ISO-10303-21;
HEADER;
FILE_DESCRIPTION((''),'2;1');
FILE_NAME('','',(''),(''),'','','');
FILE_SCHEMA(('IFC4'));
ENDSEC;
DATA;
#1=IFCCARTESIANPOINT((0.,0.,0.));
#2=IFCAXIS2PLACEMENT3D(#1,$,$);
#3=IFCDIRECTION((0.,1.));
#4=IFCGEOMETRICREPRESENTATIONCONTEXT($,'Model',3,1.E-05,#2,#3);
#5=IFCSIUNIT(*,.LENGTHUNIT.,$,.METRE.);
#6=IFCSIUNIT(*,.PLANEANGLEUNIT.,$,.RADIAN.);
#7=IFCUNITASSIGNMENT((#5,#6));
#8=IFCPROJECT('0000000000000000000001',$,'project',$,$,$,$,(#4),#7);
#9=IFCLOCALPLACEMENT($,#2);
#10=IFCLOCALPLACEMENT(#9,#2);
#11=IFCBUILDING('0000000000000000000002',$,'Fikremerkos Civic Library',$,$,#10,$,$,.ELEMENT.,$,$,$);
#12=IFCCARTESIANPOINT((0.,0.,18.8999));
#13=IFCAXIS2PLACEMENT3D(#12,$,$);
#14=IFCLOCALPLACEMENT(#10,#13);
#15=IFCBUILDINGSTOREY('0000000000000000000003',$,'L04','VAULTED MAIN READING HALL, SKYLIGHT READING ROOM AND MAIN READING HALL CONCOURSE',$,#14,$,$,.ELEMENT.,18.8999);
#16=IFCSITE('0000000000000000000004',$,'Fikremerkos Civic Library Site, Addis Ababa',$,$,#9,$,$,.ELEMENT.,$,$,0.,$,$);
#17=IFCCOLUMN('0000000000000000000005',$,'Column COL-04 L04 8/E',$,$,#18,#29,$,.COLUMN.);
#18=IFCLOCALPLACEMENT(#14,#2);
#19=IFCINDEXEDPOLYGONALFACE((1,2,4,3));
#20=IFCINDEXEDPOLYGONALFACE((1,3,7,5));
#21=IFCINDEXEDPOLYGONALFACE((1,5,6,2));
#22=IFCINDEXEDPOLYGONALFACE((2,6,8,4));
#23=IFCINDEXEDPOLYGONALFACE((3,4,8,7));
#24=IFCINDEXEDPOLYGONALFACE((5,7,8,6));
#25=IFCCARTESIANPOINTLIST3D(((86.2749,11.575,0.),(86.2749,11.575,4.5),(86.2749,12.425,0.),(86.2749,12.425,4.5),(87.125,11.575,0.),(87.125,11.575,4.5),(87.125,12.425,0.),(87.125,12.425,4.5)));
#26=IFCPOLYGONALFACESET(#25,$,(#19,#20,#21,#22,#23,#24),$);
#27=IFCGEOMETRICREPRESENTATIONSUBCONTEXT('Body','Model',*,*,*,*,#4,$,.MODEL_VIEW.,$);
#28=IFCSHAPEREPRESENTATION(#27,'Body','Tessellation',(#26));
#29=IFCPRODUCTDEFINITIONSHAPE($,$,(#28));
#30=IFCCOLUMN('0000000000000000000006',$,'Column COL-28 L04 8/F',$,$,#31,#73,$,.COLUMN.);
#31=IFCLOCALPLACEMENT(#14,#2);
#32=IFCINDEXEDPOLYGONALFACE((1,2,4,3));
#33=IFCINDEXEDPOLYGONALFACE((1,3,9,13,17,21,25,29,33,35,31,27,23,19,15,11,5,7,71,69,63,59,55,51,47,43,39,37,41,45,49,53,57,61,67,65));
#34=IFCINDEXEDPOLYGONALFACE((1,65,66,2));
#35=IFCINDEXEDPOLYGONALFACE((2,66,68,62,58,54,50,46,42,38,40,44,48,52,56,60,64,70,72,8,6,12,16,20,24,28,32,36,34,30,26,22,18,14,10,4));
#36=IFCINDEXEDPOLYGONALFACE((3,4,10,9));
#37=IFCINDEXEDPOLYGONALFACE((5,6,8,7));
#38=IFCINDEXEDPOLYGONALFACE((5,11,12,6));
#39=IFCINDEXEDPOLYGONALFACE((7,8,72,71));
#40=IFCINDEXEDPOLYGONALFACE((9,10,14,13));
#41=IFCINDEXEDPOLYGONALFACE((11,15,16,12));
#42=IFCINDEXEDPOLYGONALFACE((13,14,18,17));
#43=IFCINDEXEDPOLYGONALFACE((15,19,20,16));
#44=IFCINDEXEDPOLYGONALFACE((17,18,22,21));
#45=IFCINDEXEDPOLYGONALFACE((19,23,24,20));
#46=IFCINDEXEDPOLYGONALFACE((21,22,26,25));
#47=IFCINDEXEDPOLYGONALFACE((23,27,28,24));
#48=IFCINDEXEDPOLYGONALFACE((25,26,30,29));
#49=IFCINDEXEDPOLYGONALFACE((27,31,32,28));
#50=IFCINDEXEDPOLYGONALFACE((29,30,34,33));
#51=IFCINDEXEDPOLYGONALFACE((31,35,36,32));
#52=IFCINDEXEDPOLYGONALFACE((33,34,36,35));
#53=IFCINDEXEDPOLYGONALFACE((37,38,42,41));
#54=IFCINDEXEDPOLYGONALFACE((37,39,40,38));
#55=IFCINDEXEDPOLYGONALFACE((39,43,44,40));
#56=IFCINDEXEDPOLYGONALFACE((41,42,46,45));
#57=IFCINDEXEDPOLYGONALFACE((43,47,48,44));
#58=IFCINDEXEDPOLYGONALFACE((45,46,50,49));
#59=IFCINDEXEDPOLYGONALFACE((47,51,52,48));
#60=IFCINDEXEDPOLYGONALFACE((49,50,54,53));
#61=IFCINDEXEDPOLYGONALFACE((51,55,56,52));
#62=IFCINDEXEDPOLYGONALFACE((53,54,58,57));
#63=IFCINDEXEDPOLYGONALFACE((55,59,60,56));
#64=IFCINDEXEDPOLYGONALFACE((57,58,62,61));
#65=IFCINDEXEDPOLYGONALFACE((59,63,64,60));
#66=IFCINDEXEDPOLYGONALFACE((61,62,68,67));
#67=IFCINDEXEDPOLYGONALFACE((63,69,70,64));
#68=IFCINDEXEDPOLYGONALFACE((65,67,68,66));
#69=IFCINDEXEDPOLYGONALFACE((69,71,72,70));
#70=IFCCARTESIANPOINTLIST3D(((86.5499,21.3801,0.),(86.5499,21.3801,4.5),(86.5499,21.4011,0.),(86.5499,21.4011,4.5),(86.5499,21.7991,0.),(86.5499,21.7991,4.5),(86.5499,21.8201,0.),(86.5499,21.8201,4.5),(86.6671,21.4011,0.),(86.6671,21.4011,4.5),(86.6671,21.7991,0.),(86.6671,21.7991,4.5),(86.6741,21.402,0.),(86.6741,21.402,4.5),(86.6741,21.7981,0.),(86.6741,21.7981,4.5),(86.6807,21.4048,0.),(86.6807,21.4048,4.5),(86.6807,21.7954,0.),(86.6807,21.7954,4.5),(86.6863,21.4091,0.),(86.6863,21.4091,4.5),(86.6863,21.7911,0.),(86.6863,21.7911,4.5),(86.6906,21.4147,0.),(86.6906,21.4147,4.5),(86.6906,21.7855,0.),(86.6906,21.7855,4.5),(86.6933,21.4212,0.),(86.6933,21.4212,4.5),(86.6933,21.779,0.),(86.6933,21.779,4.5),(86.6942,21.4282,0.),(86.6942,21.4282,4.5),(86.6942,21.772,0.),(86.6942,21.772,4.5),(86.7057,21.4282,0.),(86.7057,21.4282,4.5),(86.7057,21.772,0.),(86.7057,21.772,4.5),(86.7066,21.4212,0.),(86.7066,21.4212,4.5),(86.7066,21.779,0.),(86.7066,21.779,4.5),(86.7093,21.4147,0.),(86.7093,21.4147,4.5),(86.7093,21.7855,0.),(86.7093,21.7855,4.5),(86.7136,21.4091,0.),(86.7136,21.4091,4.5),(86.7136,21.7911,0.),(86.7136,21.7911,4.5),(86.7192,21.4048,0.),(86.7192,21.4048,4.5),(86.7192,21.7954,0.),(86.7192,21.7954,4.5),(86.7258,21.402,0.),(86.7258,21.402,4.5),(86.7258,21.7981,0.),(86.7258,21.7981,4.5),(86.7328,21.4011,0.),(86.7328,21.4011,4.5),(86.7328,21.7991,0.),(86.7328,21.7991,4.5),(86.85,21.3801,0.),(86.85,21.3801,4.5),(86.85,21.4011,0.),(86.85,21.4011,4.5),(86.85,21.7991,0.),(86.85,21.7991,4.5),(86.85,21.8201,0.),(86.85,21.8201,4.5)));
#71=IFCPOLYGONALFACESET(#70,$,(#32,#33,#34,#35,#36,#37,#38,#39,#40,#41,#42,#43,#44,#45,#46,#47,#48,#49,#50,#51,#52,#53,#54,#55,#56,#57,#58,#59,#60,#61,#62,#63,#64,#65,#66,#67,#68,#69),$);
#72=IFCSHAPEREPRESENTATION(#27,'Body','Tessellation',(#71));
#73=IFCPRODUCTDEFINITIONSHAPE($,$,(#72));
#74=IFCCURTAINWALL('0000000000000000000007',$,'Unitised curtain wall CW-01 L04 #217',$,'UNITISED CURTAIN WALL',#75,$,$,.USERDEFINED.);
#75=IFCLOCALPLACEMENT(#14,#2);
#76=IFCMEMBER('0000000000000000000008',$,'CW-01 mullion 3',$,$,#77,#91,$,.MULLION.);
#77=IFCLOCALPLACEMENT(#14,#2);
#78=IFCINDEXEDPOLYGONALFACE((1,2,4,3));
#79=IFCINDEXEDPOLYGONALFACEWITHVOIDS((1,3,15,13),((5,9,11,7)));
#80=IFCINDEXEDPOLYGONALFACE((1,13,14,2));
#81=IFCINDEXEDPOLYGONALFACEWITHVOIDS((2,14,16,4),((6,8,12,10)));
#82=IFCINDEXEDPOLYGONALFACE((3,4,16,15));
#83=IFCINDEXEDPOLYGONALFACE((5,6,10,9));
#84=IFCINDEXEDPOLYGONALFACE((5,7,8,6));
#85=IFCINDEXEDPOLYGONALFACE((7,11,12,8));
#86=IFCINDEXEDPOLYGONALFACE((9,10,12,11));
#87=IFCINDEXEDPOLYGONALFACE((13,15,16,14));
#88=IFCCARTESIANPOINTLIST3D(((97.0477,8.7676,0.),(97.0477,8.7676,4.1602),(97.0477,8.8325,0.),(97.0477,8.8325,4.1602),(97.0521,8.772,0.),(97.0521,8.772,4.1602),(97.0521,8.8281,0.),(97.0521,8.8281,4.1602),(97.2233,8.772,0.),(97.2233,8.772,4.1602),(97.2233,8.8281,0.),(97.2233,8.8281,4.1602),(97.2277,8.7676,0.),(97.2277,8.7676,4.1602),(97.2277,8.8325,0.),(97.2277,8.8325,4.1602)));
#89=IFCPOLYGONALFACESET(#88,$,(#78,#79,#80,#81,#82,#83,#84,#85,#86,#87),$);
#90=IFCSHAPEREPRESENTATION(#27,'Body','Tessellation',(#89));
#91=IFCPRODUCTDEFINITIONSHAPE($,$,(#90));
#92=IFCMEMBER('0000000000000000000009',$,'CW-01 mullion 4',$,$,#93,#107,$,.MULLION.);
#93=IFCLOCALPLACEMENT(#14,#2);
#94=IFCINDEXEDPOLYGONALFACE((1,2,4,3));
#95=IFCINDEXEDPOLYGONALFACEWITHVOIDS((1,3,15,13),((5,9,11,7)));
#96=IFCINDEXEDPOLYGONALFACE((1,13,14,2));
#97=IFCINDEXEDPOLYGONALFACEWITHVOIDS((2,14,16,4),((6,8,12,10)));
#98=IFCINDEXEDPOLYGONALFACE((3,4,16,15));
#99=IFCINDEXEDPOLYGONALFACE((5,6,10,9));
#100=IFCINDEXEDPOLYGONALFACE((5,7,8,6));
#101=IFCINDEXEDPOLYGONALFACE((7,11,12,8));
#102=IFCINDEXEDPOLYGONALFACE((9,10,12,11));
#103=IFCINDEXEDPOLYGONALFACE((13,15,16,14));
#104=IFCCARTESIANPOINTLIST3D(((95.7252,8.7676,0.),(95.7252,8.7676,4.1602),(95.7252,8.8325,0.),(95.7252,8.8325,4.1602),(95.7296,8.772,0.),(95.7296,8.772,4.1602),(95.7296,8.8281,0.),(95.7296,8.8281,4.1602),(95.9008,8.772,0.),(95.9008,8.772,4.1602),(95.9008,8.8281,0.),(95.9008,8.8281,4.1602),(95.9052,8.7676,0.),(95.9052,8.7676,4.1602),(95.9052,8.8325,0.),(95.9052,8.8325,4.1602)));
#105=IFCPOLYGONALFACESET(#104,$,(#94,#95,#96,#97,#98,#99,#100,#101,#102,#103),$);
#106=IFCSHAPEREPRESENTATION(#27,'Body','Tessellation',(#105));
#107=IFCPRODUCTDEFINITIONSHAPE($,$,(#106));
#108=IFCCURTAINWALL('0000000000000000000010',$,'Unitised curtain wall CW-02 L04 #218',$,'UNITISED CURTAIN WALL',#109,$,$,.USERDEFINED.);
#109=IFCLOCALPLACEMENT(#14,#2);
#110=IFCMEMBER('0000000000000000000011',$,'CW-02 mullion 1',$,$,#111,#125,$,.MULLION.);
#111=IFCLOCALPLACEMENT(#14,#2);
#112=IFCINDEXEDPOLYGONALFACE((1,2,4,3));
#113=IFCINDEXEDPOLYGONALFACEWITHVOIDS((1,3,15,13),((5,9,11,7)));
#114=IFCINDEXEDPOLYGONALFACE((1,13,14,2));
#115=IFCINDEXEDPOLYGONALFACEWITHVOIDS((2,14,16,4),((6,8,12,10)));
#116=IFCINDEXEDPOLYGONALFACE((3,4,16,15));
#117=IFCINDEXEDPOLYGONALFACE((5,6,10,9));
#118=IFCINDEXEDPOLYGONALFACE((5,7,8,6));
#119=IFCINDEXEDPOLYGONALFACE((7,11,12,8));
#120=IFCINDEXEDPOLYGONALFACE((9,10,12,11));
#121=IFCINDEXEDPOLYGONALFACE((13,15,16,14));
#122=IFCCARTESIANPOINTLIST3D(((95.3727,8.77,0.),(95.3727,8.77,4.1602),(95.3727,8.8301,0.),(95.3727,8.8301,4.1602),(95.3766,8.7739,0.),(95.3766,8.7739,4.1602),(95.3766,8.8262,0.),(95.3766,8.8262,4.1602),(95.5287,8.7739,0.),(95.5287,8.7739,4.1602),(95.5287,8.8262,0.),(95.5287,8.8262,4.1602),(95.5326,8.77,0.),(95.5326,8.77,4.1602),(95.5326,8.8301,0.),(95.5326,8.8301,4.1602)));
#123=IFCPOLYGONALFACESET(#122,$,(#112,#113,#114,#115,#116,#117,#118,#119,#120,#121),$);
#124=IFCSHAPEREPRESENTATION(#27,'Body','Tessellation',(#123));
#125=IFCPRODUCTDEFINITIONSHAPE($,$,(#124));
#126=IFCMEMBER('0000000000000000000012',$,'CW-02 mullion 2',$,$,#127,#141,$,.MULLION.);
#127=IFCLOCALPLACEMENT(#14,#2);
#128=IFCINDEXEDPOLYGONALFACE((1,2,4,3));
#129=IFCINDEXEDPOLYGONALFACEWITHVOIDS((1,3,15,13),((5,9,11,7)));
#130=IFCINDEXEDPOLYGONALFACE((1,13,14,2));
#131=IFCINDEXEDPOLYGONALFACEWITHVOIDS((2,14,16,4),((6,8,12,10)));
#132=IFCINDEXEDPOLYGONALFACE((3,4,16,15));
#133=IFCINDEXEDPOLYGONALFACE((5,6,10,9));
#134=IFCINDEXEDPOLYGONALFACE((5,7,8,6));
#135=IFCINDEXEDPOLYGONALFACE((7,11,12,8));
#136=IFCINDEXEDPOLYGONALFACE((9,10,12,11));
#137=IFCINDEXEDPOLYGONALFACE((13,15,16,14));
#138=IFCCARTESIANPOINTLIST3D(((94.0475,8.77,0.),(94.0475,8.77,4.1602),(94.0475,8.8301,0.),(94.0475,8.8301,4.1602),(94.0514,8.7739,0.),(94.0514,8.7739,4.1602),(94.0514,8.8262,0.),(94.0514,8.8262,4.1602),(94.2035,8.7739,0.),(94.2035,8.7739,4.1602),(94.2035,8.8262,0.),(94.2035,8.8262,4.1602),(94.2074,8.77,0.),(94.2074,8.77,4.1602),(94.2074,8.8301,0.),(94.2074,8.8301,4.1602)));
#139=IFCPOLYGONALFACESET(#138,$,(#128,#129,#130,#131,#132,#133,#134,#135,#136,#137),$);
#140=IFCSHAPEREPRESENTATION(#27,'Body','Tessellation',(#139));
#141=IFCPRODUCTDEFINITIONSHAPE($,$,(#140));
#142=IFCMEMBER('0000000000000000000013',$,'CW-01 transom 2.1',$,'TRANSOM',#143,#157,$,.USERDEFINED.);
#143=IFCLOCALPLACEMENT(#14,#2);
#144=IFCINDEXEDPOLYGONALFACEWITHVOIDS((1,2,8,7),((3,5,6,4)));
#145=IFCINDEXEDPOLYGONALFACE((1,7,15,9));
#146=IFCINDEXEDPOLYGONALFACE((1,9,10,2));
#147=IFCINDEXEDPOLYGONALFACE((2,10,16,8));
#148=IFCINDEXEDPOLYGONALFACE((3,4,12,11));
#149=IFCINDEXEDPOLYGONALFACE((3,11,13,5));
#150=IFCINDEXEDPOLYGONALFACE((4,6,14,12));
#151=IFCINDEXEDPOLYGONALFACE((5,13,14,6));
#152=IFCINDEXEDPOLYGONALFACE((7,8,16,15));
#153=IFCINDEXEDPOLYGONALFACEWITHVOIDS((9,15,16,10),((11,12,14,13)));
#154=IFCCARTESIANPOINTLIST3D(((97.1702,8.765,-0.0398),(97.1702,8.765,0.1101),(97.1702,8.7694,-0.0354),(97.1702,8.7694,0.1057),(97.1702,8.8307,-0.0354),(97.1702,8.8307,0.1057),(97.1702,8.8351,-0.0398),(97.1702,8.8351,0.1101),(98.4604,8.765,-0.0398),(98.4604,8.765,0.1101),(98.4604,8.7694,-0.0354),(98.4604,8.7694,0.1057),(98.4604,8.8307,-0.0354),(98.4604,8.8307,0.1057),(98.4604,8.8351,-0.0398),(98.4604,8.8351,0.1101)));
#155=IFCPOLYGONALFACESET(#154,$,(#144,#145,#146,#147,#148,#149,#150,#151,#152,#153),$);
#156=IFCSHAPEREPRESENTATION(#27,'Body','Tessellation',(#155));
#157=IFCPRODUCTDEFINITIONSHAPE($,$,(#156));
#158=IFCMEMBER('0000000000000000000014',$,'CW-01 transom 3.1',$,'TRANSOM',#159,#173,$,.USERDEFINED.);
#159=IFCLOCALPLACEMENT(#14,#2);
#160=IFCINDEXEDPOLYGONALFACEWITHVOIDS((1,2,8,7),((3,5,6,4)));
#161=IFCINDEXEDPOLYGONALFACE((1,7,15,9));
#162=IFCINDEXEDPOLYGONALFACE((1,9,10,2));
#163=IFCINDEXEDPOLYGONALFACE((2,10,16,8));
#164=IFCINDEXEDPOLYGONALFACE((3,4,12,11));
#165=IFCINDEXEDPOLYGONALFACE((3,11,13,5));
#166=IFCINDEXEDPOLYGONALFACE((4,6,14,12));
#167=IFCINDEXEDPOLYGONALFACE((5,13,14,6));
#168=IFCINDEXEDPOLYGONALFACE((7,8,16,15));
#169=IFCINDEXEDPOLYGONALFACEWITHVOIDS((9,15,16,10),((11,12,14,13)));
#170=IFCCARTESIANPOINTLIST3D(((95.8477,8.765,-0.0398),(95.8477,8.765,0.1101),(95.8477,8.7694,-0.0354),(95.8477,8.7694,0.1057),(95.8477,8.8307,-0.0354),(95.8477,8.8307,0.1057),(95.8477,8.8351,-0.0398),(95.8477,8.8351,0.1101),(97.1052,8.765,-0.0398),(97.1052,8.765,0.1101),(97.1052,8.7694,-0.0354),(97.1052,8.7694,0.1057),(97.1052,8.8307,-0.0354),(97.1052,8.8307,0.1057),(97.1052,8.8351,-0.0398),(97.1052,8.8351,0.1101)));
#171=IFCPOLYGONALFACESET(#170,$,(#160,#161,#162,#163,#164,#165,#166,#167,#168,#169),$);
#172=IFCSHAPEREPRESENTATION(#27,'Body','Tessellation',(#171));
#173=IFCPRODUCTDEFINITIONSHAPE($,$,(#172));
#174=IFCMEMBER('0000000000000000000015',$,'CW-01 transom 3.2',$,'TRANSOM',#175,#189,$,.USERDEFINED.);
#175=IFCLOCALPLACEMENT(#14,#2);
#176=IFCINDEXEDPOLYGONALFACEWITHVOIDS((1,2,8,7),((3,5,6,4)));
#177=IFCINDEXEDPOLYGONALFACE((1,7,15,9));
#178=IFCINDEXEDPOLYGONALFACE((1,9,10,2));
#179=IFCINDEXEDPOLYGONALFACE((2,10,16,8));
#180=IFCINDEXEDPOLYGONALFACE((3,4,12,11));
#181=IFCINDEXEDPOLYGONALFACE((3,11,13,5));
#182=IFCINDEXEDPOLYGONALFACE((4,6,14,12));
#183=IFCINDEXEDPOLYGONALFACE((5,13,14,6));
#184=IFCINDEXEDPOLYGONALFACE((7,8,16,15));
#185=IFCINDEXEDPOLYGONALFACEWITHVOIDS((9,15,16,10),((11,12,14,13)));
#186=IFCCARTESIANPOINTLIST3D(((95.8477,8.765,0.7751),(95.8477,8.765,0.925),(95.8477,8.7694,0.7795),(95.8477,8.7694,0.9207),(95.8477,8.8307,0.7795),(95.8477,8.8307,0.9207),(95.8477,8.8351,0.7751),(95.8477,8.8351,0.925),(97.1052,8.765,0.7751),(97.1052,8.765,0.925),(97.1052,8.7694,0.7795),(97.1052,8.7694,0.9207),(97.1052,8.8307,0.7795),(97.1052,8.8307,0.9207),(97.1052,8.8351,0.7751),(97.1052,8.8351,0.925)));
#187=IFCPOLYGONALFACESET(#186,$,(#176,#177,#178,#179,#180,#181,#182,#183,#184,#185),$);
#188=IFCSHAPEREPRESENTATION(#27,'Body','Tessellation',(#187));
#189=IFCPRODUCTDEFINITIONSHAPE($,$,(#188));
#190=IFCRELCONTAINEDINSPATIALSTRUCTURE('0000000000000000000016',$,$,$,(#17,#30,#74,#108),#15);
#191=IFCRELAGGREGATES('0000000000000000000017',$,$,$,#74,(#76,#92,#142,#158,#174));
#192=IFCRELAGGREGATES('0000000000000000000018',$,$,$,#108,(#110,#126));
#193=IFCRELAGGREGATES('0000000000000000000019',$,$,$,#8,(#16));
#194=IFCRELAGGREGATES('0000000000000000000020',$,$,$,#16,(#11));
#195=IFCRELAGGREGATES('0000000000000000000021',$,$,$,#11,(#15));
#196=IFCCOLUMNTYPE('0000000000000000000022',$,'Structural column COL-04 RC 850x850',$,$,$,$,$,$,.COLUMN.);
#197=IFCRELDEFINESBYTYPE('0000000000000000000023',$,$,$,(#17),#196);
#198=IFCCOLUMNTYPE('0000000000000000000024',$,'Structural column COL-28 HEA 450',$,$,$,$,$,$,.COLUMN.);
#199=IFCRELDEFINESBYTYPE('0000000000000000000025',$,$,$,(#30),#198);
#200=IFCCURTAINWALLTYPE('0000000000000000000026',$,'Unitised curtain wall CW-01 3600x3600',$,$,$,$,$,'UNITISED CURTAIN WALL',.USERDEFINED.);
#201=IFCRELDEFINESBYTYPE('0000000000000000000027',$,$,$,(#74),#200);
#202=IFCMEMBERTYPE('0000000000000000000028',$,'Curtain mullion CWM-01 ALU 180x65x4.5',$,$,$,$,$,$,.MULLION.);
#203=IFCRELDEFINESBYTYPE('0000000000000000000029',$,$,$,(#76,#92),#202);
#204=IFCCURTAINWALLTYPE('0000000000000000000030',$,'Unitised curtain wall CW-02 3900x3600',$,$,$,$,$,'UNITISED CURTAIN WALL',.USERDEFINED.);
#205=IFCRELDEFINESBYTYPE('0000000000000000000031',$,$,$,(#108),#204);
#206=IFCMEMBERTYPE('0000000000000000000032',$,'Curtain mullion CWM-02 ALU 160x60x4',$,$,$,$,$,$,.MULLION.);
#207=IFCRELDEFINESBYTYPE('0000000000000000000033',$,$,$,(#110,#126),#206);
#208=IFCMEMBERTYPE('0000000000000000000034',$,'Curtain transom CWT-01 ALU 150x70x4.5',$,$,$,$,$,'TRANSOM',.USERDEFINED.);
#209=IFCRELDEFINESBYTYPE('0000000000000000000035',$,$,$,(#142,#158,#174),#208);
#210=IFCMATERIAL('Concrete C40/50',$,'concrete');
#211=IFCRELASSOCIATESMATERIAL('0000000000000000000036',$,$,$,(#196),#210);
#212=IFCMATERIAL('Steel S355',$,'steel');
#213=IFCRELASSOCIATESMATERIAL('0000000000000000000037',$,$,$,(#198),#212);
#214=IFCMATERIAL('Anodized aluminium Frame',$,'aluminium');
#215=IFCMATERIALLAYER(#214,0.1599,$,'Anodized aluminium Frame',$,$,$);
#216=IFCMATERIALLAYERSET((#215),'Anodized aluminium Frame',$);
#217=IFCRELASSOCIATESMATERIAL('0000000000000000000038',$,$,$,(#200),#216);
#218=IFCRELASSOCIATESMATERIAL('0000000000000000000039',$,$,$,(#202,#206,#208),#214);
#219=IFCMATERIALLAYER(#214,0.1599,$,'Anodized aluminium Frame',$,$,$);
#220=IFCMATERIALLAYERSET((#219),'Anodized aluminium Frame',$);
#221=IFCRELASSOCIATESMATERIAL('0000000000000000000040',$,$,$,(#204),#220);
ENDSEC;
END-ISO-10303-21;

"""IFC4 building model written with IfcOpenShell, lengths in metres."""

from ifc_helpers import new_model, si_unit, direction, frame, origin, origin_2d, place, context, subcontext, project, spatial, rectangle, hollow_rectangle, i_section, extrude, material, layer, layer_set, material_profile, profile_set, type_object, element, aggregate, save


model = new_model("IFC4")

# Units and contexts
model_context = context("Model", 3, precision=1e-05, world=origin(), true_north=direction((0.0, 1.0)))
body_context = subcontext(model_context, "Body", "Model", "MODEL_VIEW")
ifc_project = project(units=[si_unit("LENGTHUNIT", "METRE"), si_unit("PLANEANGLEUNIT", "RADIAN")], contexts=[model_context])

# Site, building, storey
site_placement = place(None, origin())
site = spatial("IfcSite", under=ifc_project, at=site_placement, Name="Fikremerkos Civic Library Site, Addis Ababa", CompositionType="ELEMENT", RefElevation=0.0)
building_placement = place(site_placement, origin())
building = spatial("IfcBuilding", under=site, at=building_placement, Name="Fikremerkos Civic Library", CompositionType="ELEMENT")
storey_placement = place(building_placement, frame((0.0, 0.0, 18.8999)))
storey = spatial("IfcBuildingStorey", under=building, at=storey_placement, Name="L04", Description="VAULTED MAIN READING HALL, SKYLIGHT READING ROOM AND MAIN READING HALL CONCOURSE", CompositionType="ELEMENT", Elevation=18.8999)

# Columns
ifc_material_1 = material(Name="Concrete C40/50", Category="concrete")
ifc_material_profile_1 = material_profile(ifc_material_1, rectangle(XDim=0.8501, YDim=0.8501, at=origin_2d()), Name="RC 850x850")
ifc_profile_set_1 = profile_set([ifc_material_profile_1], Name="Concrete C40/50")
column_type_1 = type_object("IfcColumnType", Name="Structural column COL-04 RC 850x850", PredefinedType="COLUMN", material=ifc_profile_set_1)
column_1_placement = place(storey_placement, frame((86.7, 12.0, 0.0), z_axis=(0.0, 0.0, 1.0), x_axis=(1.0, 0.0, 0.0)))
element("IfcColumn", 1, at=column_1_placement, inside=storey, type_object=column_type_1, Name="Column COL-04 L04 8/E", PredefinedType="COLUMN", context=body_context, shape_type="SweptSolid", body=[
    extrude(rectangle(XDim=0.8501, YDim=0.8501, at=origin_2d()), origin(), (0.0, 0.0, 1.0), 4.5),
])
ifc_material_2 = material(Name="Steel S355", Category="steel")
ifc_material_profile_2 = material_profile(ifc_material_2, i_section(OverallWidth=0.3, OverallDepth=0.4399, WebThickness=0.0115, FlangeThickness=0.021, FilletRadius=0.0271, at=origin_2d()), Name="HEA 450")
ifc_profile_set_2 = profile_set([ifc_material_profile_2], Name="Steel S355")
column_type_2 = type_object("IfcColumnType", Name="Structural column COL-28 HEA 450", PredefinedType="COLUMN", material=ifc_profile_set_2)
column_2_placement = place(storey_placement, frame((86.7, 21.6001, 0.0), z_axis=(0.0, 0.0, 1.0), x_axis=(1.0, 0.0, 0.0)))
element("IfcColumn", 2, at=column_2_placement, inside=storey, type_object=column_type_2, Name="Column COL-28 L04 8/F", PredefinedType="COLUMN", context=body_context, shape_type="SweptSolid", body=[
    extrude(i_section(OverallWidth=0.3, OverallDepth=0.4399, WebThickness=0.0115, FlangeThickness=0.021, FilletRadius=0.0271, at=origin_2d()), origin(), (0.0, 0.0, 1.0), 4.5),
])

# Curtain walls, members
ifc_material_3 = material(Name="Anodized aluminium Frame", Category="aluminium")
ifc_layer_1 = layer(ifc_material_3, 0.1599, Name="Anodized aluminium Frame")
ifc_layer_set_1 = layer_set([ifc_layer_1], Name="Anodized aluminium Frame")
curtain_wall_type_1 = type_object("IfcCurtainWallType", Name="Unitised curtain wall CW-01 3600x3600", ElementType="UNITISED CURTAIN WALL", PredefinedType="USERDEFINED", material=ifc_layer_set_1)
curtain_wall_1_placement = place(storey_placement, origin())
curtain_wall_1 = element("IfcCurtainWall", 3, at=curtain_wall_1_placement, inside=storey, type_object=curtain_wall_type_1, Name="Unitised curtain wall CW-01 L04 #217", ObjectType="UNITISED CURTAIN WALL", PredefinedType="USERDEFINED")
ifc_material_profile_3 = material_profile(ifc_material_3, hollow_rectangle(XDim=0.0649, YDim=0.1799, WallThickness=0.0044, at=origin_2d()), Name="ALU 180x65x4.5")
ifc_profile_set_3 = profile_set([ifc_material_profile_3], Name="Anodized aluminium Frame")
member_type_1 = type_object("IfcMemberType", Name="Curtain mullion CWM-01 ALU 180x65x4.5", PredefinedType="MULLION", material=ifc_profile_set_3)
member_1_placement = place(storey_placement, frame((97.1377, 8.8, 0.0), z_axis=(0.0, 0.0, 1.0), x_axis=(0.0, -1.0, 0.0)))
member_1 = element("IfcMember", 4, at=member_1_placement, type_object=member_type_1, Name="CW-01 mullion 3", PredefinedType="MULLION", context=body_context, shape_type="SweptSolid", body=[
    extrude(hollow_rectangle(XDim=0.0649, YDim=0.1799, WallThickness=0.0044, at=origin_2d()), origin(), (0.0, 0.0, 1.0), 4.1602),
])
member_2_placement = place(storey_placement, frame((95.8152, 8.8, 0.0), z_axis=(0.0, 0.0, 1.0), x_axis=(0.0, -1.0, 0.0)))
member_2 = element("IfcMember", 5, at=member_2_placement, type_object=member_type_1, Name="CW-01 mullion 4", PredefinedType="MULLION", context=body_context, shape_type="SweptSolid", body=[
    extrude(hollow_rectangle(XDim=0.0649, YDim=0.1799, WallThickness=0.0044, at=origin_2d()), origin(), (0.0, 0.0, 1.0), 4.1602),
])
ifc_layer_2 = layer(ifc_material_3, 0.1599, Name="Anodized aluminium Frame")
ifc_layer_set_2 = layer_set([ifc_layer_2], Name="Anodized aluminium Frame")
curtain_wall_type_2 = type_object("IfcCurtainWallType", Name="Unitised curtain wall CW-02 3900x3600", ElementType="UNITISED CURTAIN WALL", PredefinedType="USERDEFINED", material=ifc_layer_set_2)
curtain_wall_2_placement = place(storey_placement, origin())
curtain_wall_2 = element("IfcCurtainWall", 6, at=curtain_wall_2_placement, inside=storey, type_object=curtain_wall_type_2, Name="Unitised curtain wall CW-02 L04 #218", ObjectType="UNITISED CURTAIN WALL", PredefinedType="USERDEFINED")
ifc_material_profile_4 = material_profile(ifc_material_3, hollow_rectangle(XDim=0.0601, YDim=0.1599, WallThickness=0.0039, at=origin_2d()), Name="ALU 160x60x4")
ifc_profile_set_4 = profile_set([ifc_material_profile_4], Name="Anodized aluminium Frame")
member_type_2 = type_object("IfcMemberType", Name="Curtain mullion CWM-02 ALU 160x60x4", PredefinedType="MULLION", material=ifc_profile_set_4)
member_3_placement = place(storey_placement, frame((95.4526, 8.8, 0.0), z_axis=(0.0, 0.0, 1.0), x_axis=(0.0, -1.0, 0.0)))
member_3 = element("IfcMember", 7, at=member_3_placement, type_object=member_type_2, Name="CW-02 mullion 1", PredefinedType="MULLION", context=body_context, shape_type="SweptSolid", body=[
    extrude(hollow_rectangle(XDim=0.0601, YDim=0.1599, WallThickness=0.0039, at=origin_2d()), origin(), (0.0, 0.0, 1.0), 4.1602),
])
member_4_placement = place(storey_placement, frame((94.1274, 8.8, 0.0), z_axis=(0.0, 0.0, 1.0), x_axis=(0.0, -1.0, 0.0)))
member_4 = element("IfcMember", 8, at=member_4_placement, type_object=member_type_2, Name="CW-02 mullion 2", PredefinedType="MULLION", context=body_context, shape_type="SweptSolid", body=[
    extrude(hollow_rectangle(XDim=0.0601, YDim=0.1599, WallThickness=0.0039, at=origin_2d()), origin(), (0.0, 0.0, 1.0), 4.1602),
])

# Members
ifc_material_profile_5 = material_profile(ifc_material_3, hollow_rectangle(XDim=0.0701, YDim=0.1499, WallThickness=0.0044, at=origin_2d()), Name="ALU 150x70x4.5")
ifc_profile_set_5 = profile_set([ifc_material_profile_5], Name="Anodized aluminium Frame")
member_type_3 = type_object("IfcMemberType", Name="Curtain transom CWT-01 ALU 150x70x4.5", ElementType="TRANSOM", PredefinedType="USERDEFINED", material=ifc_profile_set_5)
member_5_placement = place(storey_placement, frame((98.4604, 8.8, 0.0352), z_axis=(-1.0, 0.0, 0.0), x_axis=(0.0, -1.0, 0.0)))
member_5 = element("IfcMember", 9, at=member_5_placement, type_object=member_type_3, Name="CW-01 transom 2.1", ObjectType="TRANSOM", PredefinedType="USERDEFINED", context=body_context, shape_type="SweptSolid", body=[
    extrude(hollow_rectangle(XDim=0.0701, YDim=0.1499, WallThickness=0.0044, at=origin_2d()), origin(), (0.0, 0.0, 1.0), 1.2903),
])
member_6_placement = place(storey_placement, frame((97.1052, 8.8, 0.0352), z_axis=(-1.0, 0.0, 0.0), x_axis=(0.0, -1.0, 0.0)))
member_6 = element("IfcMember", 10, at=member_6_placement, type_object=member_type_3, Name="CW-01 transom 3.1", ObjectType="TRANSOM", PredefinedType="USERDEFINED", context=body_context, shape_type="SweptSolid", body=[
    extrude(hollow_rectangle(XDim=0.0701, YDim=0.1499, WallThickness=0.0044, at=origin_2d()), origin(), (0.0, 0.0, 1.0), 1.2576),
])
member_7_placement = place(storey_placement, frame((97.1052, 8.8, 0.8501), z_axis=(-1.0, 0.0, 0.0), x_axis=(0.0, -1.0, 0.0)))
member_7 = element("IfcMember", 11, at=member_7_placement, type_object=member_type_3, Name="CW-01 transom 3.2", ObjectType="TRANSOM", PredefinedType="USERDEFINED", context=body_context, shape_type="SweptSolid", body=[
    extrude(hollow_rectangle(XDim=0.0701, YDim=0.1499, WallThickness=0.0044, at=origin_2d()), origin(), (0.0, 0.0, 1.0), 1.2576),
])

aggregate(curtain_wall_1, [member_1, member_2, member_5, member_6, member_7])
aggregate(curtain_wall_2, [member_3, member_4])

save(model, "model.ifc")
